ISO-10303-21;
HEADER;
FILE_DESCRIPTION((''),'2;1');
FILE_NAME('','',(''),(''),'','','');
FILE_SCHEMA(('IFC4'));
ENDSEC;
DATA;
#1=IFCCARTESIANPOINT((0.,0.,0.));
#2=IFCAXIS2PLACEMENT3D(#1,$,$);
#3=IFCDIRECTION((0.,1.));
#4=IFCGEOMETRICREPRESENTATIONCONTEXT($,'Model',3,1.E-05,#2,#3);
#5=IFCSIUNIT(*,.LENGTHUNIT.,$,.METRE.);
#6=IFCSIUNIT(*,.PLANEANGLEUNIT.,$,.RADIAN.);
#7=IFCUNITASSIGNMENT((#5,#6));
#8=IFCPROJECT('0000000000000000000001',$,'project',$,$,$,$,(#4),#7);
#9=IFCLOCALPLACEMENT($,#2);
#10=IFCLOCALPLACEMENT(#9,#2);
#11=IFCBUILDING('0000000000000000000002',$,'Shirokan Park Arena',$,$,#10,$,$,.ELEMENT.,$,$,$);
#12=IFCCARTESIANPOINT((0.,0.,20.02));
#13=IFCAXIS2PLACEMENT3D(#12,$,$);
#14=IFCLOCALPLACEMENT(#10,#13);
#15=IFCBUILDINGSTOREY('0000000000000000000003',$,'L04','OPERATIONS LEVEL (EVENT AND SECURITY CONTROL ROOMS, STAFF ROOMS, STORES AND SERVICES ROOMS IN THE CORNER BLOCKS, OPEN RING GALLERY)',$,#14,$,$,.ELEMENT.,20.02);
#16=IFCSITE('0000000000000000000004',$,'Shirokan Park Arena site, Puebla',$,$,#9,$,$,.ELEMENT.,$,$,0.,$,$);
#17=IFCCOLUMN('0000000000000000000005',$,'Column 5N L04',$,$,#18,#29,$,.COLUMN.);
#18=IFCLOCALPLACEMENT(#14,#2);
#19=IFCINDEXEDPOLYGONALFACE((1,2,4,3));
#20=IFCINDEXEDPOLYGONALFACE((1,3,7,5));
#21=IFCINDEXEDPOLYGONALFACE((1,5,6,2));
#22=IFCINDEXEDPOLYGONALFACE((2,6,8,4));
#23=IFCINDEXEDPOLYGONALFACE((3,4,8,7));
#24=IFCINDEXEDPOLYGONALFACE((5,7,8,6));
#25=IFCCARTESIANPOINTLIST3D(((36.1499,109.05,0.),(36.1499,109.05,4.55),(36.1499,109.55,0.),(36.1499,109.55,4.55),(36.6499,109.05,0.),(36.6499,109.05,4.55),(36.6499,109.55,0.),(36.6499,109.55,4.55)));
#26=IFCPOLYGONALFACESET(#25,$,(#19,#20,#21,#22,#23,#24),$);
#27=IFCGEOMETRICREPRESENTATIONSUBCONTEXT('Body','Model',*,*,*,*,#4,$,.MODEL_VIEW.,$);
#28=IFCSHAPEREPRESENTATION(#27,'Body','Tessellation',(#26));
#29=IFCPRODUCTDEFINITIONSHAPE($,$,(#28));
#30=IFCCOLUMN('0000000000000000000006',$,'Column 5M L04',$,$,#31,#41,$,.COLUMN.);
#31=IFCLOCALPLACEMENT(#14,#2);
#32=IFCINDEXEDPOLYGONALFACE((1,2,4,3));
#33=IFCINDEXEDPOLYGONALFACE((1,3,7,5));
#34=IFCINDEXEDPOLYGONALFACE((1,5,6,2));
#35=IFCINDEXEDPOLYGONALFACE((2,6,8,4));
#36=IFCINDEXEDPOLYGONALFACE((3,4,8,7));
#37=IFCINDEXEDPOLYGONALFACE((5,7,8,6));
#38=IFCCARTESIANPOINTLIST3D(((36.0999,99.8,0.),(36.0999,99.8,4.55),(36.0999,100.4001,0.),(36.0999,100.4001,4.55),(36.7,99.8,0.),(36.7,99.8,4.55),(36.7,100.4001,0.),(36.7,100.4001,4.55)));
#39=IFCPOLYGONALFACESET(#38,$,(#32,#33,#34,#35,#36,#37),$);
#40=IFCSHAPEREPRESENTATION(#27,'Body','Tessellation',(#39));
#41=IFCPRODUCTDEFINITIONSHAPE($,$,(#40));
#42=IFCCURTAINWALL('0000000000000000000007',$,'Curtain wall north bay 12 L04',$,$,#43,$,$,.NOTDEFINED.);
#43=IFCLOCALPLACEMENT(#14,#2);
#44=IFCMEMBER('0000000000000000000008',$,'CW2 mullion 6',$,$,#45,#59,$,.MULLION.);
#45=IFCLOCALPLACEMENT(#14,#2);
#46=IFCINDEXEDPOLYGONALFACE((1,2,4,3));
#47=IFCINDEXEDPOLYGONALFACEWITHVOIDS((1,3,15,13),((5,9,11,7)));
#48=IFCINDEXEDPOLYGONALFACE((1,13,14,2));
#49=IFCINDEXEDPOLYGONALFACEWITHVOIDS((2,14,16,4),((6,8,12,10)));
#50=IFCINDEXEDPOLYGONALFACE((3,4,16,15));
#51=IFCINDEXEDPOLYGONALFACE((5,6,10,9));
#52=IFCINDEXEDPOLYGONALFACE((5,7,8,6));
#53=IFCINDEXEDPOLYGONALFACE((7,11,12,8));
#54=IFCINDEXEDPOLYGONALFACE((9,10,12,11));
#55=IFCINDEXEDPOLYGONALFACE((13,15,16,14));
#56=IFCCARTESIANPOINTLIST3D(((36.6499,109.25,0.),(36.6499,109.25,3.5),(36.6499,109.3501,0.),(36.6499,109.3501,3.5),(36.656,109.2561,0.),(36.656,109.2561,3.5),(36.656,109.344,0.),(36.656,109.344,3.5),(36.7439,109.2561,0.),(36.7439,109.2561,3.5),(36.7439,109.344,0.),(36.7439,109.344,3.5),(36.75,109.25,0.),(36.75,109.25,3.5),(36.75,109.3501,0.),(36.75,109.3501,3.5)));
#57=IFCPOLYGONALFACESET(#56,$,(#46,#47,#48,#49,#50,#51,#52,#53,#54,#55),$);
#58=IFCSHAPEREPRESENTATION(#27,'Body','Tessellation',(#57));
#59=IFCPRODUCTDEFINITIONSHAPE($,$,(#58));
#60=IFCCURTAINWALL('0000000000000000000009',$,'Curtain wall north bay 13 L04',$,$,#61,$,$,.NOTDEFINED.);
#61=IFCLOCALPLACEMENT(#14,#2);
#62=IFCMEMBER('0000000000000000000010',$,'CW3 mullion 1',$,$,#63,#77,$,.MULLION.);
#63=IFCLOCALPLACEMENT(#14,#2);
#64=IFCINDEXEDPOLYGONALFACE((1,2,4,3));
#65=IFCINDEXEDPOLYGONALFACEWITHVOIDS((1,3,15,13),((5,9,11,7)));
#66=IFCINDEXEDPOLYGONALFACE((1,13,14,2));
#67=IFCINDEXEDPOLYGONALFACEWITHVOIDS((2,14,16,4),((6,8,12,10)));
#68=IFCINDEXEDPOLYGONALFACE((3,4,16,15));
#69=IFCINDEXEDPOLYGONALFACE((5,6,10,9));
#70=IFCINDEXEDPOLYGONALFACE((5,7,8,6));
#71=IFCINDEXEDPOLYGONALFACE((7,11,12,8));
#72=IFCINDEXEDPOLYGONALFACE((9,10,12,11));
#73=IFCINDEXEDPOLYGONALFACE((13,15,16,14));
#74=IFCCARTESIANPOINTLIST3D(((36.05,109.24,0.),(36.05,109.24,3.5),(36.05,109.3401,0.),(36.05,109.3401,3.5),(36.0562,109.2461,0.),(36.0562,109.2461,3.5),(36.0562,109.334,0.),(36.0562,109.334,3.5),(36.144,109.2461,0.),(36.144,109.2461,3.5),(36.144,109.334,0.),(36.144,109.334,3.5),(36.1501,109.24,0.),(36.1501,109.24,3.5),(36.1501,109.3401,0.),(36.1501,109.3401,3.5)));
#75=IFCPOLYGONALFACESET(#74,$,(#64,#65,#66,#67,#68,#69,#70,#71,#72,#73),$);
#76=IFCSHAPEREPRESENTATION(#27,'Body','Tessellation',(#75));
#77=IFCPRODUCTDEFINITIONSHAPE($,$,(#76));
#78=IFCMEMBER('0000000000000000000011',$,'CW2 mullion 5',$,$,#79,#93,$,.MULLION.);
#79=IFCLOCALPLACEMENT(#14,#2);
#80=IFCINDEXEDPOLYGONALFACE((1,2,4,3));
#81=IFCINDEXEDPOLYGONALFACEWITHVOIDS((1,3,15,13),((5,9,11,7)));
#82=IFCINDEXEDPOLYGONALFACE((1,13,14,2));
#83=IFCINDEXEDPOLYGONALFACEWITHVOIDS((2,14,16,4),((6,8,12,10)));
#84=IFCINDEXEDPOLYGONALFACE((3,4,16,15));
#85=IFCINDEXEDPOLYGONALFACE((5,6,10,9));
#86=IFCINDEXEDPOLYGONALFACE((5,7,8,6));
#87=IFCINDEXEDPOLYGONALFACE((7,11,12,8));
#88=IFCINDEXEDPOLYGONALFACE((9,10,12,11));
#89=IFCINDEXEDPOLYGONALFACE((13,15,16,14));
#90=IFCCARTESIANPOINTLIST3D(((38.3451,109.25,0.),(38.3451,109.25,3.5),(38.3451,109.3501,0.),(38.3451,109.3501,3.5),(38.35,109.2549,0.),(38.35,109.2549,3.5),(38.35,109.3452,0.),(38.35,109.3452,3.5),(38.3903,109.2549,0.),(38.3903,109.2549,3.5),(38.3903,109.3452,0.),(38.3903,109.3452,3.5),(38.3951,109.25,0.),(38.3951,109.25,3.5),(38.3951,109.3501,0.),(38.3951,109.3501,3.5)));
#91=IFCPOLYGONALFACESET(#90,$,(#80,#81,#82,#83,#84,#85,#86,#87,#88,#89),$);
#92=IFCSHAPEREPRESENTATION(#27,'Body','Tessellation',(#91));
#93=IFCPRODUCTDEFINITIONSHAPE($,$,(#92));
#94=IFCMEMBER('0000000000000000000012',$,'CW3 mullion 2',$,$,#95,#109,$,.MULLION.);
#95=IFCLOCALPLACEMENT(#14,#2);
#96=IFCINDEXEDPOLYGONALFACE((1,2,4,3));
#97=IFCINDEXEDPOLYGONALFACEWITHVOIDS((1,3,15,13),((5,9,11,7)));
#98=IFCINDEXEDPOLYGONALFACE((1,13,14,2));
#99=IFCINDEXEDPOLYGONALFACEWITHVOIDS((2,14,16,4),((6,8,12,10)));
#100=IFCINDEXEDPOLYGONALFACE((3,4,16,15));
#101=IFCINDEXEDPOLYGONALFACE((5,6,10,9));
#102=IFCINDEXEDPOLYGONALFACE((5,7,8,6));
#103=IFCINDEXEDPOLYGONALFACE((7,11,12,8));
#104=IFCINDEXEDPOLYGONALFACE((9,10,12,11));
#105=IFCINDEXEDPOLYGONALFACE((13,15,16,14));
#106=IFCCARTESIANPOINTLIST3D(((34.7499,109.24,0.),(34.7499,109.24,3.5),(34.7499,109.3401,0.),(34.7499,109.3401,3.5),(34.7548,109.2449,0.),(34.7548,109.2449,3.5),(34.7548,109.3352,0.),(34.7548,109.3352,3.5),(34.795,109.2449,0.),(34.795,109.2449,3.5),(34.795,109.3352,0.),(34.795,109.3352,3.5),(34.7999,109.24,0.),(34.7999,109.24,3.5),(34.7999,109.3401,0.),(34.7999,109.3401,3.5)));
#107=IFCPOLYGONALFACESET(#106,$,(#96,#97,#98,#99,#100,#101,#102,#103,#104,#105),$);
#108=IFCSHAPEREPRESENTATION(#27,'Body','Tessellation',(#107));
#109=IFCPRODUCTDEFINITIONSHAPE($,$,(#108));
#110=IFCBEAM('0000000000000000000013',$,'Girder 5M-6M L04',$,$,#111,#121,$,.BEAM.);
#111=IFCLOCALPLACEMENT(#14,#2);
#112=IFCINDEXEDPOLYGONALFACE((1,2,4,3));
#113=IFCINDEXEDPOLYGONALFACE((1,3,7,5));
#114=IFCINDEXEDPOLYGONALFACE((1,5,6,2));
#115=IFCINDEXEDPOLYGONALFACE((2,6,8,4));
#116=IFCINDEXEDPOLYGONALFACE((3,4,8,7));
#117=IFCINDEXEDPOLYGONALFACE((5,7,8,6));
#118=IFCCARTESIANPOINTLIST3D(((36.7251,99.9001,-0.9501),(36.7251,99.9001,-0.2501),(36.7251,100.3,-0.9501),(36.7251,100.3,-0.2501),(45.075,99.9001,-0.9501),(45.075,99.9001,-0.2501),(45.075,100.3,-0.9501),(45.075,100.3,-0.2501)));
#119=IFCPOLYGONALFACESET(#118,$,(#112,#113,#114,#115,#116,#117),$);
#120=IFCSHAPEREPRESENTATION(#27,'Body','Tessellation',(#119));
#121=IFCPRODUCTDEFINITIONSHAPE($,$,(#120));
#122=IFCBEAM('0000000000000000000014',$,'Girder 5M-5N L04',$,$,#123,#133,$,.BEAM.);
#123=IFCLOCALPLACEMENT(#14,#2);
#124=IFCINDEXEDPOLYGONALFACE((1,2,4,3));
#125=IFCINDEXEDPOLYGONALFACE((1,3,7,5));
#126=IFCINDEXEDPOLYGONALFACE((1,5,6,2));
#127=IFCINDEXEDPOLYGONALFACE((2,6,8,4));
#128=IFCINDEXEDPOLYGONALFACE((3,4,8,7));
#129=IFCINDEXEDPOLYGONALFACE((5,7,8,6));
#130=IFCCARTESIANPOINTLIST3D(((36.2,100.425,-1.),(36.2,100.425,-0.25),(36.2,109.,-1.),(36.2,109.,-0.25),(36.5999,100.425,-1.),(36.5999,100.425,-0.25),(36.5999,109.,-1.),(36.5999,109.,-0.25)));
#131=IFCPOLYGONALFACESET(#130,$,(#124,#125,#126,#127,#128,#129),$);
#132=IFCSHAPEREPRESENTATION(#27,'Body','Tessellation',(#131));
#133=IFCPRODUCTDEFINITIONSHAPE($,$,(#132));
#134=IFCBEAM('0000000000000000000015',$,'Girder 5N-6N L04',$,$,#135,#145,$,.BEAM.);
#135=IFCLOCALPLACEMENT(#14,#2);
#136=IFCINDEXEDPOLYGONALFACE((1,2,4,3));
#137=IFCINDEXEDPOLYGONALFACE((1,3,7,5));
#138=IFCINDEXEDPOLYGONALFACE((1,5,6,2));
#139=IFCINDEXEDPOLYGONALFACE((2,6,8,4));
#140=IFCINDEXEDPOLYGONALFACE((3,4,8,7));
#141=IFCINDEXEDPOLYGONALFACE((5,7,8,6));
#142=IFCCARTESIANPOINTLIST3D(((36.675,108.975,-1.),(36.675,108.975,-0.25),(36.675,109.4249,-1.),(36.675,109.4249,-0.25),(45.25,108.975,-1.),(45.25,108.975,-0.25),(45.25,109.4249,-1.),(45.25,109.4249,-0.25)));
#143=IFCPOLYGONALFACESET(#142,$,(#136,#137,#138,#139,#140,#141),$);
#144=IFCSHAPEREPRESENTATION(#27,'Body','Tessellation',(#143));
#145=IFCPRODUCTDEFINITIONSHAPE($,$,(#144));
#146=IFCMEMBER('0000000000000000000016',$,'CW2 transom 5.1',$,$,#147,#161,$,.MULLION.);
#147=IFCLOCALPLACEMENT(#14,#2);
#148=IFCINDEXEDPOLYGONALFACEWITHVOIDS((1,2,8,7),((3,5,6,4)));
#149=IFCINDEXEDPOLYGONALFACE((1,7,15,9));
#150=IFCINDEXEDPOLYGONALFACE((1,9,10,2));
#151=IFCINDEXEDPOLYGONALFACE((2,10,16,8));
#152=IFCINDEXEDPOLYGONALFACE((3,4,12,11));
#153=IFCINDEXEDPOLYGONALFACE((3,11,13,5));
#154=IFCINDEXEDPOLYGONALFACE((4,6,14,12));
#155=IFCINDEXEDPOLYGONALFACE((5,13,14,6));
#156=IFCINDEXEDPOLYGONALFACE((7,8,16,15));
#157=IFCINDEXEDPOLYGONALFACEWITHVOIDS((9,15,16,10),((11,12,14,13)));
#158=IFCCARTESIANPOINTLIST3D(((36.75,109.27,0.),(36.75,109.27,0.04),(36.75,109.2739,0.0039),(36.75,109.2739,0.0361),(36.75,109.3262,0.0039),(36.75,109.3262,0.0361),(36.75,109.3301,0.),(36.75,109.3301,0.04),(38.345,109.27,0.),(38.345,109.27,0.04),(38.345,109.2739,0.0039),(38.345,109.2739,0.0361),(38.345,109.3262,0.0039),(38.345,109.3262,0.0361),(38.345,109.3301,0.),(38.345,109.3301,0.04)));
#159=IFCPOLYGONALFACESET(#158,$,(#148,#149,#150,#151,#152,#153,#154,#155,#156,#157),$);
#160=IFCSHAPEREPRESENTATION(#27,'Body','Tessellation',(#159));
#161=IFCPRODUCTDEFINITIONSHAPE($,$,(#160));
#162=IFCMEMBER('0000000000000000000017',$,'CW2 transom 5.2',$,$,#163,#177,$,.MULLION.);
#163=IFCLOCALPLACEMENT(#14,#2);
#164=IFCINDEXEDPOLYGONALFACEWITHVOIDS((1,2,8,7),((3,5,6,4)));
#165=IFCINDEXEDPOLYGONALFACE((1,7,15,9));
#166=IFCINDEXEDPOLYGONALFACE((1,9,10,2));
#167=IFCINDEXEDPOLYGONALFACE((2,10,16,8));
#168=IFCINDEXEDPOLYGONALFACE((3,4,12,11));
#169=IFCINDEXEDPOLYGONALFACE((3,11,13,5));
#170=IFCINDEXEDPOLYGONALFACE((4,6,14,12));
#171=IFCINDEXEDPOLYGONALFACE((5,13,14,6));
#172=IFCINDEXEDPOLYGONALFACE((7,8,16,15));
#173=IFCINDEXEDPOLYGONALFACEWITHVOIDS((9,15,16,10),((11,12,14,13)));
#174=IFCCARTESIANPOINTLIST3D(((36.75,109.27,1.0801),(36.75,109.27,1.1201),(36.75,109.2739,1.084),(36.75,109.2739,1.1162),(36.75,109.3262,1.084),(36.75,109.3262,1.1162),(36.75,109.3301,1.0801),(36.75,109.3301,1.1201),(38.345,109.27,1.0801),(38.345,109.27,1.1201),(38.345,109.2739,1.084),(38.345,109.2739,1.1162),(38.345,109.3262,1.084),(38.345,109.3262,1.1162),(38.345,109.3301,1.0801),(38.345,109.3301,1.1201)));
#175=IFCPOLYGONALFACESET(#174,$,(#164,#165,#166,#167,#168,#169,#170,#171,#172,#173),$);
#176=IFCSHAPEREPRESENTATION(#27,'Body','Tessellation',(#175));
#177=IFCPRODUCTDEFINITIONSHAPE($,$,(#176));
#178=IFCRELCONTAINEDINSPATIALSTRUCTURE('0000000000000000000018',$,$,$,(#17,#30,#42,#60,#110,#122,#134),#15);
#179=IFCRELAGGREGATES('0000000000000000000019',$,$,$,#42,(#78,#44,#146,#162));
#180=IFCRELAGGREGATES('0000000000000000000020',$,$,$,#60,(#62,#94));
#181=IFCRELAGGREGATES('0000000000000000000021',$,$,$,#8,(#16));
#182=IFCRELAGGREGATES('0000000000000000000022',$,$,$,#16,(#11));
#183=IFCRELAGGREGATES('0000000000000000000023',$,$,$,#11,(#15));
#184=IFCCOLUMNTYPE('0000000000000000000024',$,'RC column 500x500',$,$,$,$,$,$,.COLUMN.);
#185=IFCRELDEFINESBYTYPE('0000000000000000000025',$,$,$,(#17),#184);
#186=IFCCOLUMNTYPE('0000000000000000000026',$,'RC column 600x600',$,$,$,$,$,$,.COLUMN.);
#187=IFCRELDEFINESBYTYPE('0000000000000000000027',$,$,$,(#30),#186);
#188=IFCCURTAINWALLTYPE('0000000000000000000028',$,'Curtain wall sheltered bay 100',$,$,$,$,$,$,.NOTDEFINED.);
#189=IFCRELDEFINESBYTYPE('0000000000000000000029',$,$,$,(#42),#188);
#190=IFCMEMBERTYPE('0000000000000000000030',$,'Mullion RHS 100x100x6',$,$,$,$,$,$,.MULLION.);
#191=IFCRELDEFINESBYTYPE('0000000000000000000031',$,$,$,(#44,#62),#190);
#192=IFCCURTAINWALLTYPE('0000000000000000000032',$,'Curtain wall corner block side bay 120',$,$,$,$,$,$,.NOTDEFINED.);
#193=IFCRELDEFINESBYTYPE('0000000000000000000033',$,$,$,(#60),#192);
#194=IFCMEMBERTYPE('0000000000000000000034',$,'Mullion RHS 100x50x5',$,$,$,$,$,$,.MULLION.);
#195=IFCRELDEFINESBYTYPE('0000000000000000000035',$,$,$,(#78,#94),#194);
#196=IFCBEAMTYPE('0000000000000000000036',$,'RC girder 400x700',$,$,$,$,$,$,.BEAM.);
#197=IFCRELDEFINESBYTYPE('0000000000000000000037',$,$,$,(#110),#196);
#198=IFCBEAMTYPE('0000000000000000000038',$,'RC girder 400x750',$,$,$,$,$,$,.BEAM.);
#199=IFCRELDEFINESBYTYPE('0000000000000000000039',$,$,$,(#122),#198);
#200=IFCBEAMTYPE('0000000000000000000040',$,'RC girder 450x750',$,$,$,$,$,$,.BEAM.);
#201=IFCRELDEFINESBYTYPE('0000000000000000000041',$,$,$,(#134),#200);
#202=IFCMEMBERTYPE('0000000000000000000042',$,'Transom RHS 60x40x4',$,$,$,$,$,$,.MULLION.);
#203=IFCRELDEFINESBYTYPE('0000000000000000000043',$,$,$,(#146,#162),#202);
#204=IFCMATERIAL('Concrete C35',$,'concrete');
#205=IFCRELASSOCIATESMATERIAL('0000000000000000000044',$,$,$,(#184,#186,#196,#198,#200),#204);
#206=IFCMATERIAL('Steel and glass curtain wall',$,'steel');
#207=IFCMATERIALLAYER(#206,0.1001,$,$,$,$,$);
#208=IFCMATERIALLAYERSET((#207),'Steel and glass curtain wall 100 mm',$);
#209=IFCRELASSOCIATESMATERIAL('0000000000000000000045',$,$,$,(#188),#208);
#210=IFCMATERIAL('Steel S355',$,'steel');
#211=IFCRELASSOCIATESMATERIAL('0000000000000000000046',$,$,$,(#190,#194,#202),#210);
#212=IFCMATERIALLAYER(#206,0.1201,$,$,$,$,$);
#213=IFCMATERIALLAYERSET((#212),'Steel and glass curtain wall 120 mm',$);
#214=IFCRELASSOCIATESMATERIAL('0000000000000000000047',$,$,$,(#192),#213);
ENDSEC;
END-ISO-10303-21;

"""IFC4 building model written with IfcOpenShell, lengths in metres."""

from ifc_helpers import new_model, si_unit, direction, frame, origin, origin_2d, place, context, subcontext, project, spatial, rectangle, hollow_rectangle, extrude, material, layer, layer_set, material_profile, profile_set, type_object, element, aggregate, save


model = new_model("IFC4")

# Units and contexts
model_context = context("Model", 3, precision=1e-05, world=origin(), true_north=direction((0.0, 1.0)))
body_context = subcontext(model_context, "Body", "Model", "MODEL_VIEW")
ifc_project = project(units=[si_unit("LENGTHUNIT", "METRE"), si_unit("PLANEANGLEUNIT", "RADIAN")], contexts=[model_context])

# Site, building, storey
site_placement = place(None, origin())
site = spatial("IfcSite", under=ifc_project, at=site_placement, Name="Shirokan Park Arena site, Puebla", CompositionType="ELEMENT", RefElevation=0.0)
building_placement = place(site_placement, origin())
building = spatial("IfcBuilding", under=site, at=building_placement, Name="Shirokan Park Arena", CompositionType="ELEMENT")
storey_placement = place(building_placement, frame((0.0, 0.0, 20.02)))
storey = spatial("IfcBuildingStorey", under=building, at=storey_placement, Name="L04", Description="OPERATIONS LEVEL (EVENT AND SECURITY CONTROL ROOMS, STAFF ROOMS, STORES AND SERVICES ROOMS IN THE CORNER BLOCKS, OPEN RING GALLERY)", CompositionType="ELEMENT", Elevation=20.02)

# Columns
ifc_material_1 = material(Name="Concrete C35", Category="concrete")
ifc_material_profile_1 = material_profile(ifc_material_1, rectangle(XDim=0.5, YDim=0.5, at=origin_2d()), Name="500x500")
ifc_profile_set_1 = profile_set([ifc_material_profile_1], Name="Concrete C35")
column_type_1 = type_object("IfcColumnType", Name="RC column 500x500", PredefinedType="COLUMN", material=ifc_profile_set_1)
column_1_placement = place(storey_placement, frame((36.3999, 109.3, 0.0), z_axis=(0.0, 0.0, 1.0), x_axis=(1.0, 0.0, 0.0)))
element("IfcColumn", 1, at=column_1_placement, inside=storey, type_object=column_type_1, Name="Column 5N L04", PredefinedType="COLUMN", context=body_context, shape_type="SweptSolid", body=[
    extrude(rectangle(XDim=0.5, YDim=0.5, at=origin_2d()), origin(), (0.0, 0.0, 1.0), 4.55),
])
ifc_material_profile_2 = material_profile(ifc_material_1, rectangle(XDim=0.6001, YDim=0.6001, at=origin_2d()), Name="600x600")
ifc_profile_set_2 = profile_set([ifc_material_profile_2], Name="Concrete C35")
column_type_2 = type_object("IfcColumnType", Name="RC column 600x600", PredefinedType="COLUMN", material=ifc_profile_set_2)
column_2_placement = place(storey_placement, frame((36.3999, 100.1001, 0.0), z_axis=(0.0, 0.0, 1.0), x_axis=(1.0, 0.0, 0.0)))
element("IfcColumn", 2, at=column_2_placement, inside=storey, type_object=column_type_2, Name="Column 5M L04", PredefinedType="COLUMN", context=body_context, shape_type="SweptSolid", body=[
    extrude(rectangle(XDim=0.6001, YDim=0.6001, at=origin_2d()), origin(), (0.0, 0.0, 1.0), 4.55),
])

# Curtain walls, members
ifc_material_2 = material(Name="Steel and glass curtain wall", Category="steel")
ifc_layer_1 = layer(ifc_material_2, 0.1001)
ifc_layer_set_1 = layer_set([ifc_layer_1], Name="Steel and glass curtain wall 100 mm")
curtain_wall_type_1 = type_object("IfcCurtainWallType", Name="Curtain wall sheltered bay 100", PredefinedType="NOTDEFINED", material=ifc_layer_set_1)
curtain_wall_1_placement = place(storey_placement, origin())
curtain_wall_1 = element("IfcCurtainWall", 3, at=curtain_wall_1_placement, inside=storey, type_object=curtain_wall_type_1, Name="Curtain wall north bay 12 L04", PredefinedType="NOTDEFINED")
ifc_material_3 = material(Name="Steel S355", Category="steel")
ifc_material_profile_3 = material_profile(ifc_material_3, hollow_rectangle(XDim=0.1001, YDim=0.1001, WallThickness=0.0061, at=origin_2d()), Name="RHS 100x100x6")
ifc_profile_set_3 = profile_set([ifc_material_profile_3], Name="Steel S355")
member_type_1 = type_object("IfcMemberType", Name="Mullion RHS 100x100x6", PredefinedType="MULLION", material=ifc_profile_set_3)
member_1_placement = place(storey_placement, frame((36.7, 109.3, 0.0), z_axis=(0.0, 0.0, 1.0), x_axis=(0.0, -1.0, 0.0)))
member_1 = element("IfcMember", 4, at=member_1_placement, type_object=member_type_1, Name="CW2 mullion 6", PredefinedType="MULLION", context=body_context, shape_type="SweptSolid", body=[
    extrude(hollow_rectangle(XDim=0.1001, YDim=0.1001, WallThickness=0.0061, at=origin_2d()), origin(), (0.0, 0.0, 1.0), 3.5),
])
ifc_layer_2 = layer(ifc_material_2, 0.1201)
ifc_layer_set_2 = layer_set([ifc_layer_2], Name="Steel and glass curtain wall 120 mm")
curtain_wall_type_2 = type_object("IfcCurtainWallType", Name="Curtain wall corner block side bay 120", PredefinedType="NOTDEFINED", material=ifc_layer_set_2)
curtain_wall_2_placement = place(storey_placement, origin())
curtain_wall_2 = element("IfcCurtainWall", 5, at=curtain_wall_2_placement, inside=storey, type_object=curtain_wall_type_2, Name="Curtain wall north bay 13 L04", PredefinedType="NOTDEFINED")
member_2_placement = place(storey_placement, frame((36.1001, 109.29, 0.0), z_axis=(0.0, 0.0, 1.0), x_axis=(0.0, -1.0, 0.0)))
member_2 = element("IfcMember", 6, at=member_2_placement, type_object=member_type_1, Name="CW3 mullion 1", PredefinedType="MULLION", context=body_context, shape_type="SweptSolid", body=[
    extrude(hollow_rectangle(XDim=0.1001, YDim=0.1001, WallThickness=0.0061, at=origin_2d()), origin(), (0.0, 0.0, 1.0), 3.5),
])

# Members
ifc_material_profile_4 = material_profile(ifc_material_3, hollow_rectangle(XDim=0.1001, YDim=0.05, WallThickness=0.0049, at=origin_2d()), Name="RHS 100x50x5")
ifc_profile_set_4 = profile_set([ifc_material_profile_4], Name="Steel S355")
member_type_2 = type_object("IfcMemberType", Name="Mullion RHS 100x50x5", PredefinedType="MULLION", material=ifc_profile_set_4)
member_3_placement = place(storey_placement, frame((38.3701, 109.3, 0.0), z_axis=(0.0, 0.0, 1.0), x_axis=(0.0, -1.0, 0.0)))
member_3 = element("IfcMember", 7, at=member_3_placement, type_object=member_type_2, Name="CW2 mullion 5", PredefinedType="MULLION", context=body_context, shape_type="SweptSolid", body=[
    extrude(hollow_rectangle(XDim=0.1001, YDim=0.05, WallThickness=0.0049, at=origin_2d()), origin(), (0.0, 0.0, 1.0), 3.5),
])
member_4_placement = place(storey_placement, frame((34.7749, 109.29, 0.0), z_axis=(0.0, 0.0, 1.0), x_axis=(0.0, -1.0, 0.0)))
member_4 = element("IfcMember", 8, at=member_4_placement, type_object=member_type_2, Name="CW3 mullion 2", PredefinedType="MULLION", context=body_context, shape_type="SweptSolid", body=[
    extrude(hollow_rectangle(XDim=0.1001, YDim=0.05, WallThickness=0.0049, at=origin_2d()), origin(), (0.0, 0.0, 1.0), 3.5),
])

# Beams
ifc_material_profile_5 = material_profile(ifc_material_1, rectangle(XDim=0.3999, YDim=0.7, at=origin_2d()), Name="400x700")
ifc_profile_set_5 = profile_set([ifc_material_profile_5], Name="Concrete C35")
beam_type_1 = type_object("IfcBeamType", Name="RC girder 400x700", PredefinedType="BEAM", material=ifc_profile_set_5)
beam_1_placement = place(storey_placement, frame((36.7251, 100.1001, -0.6001), z_axis=(1.0, 0.0, 0.0), x_axis=(0.0, 1.0, 0.0)))
element("IfcBeam", 9, at=beam_1_placement, inside=storey, type_object=beam_type_1, Name="Girder 5M-6M L04", PredefinedType="BEAM", context=body_context, shape_type="SweptSolid", body=[
    extrude(rectangle(XDim=0.3999, YDim=0.7, at=origin_2d()), origin(), (0.0, 0.0, 1.0), 8.3499),
])
ifc_material_profile_6 = material_profile(ifc_material_1, rectangle(XDim=0.3999, YDim=0.75, at=origin_2d()), Name="400x750")
ifc_profile_set_6 = profile_set([ifc_material_profile_6], Name="Concrete C35")
beam_type_2 = type_object("IfcBeamType", Name="RC girder 400x750", PredefinedType="BEAM", material=ifc_profile_set_6)
beam_2_placement = place(storey_placement, frame((36.3999, 100.425, -0.625), z_axis=(0.0, 1.0, 0.0), x_axis=(-1.0, 0.0, 0.0)))
element("IfcBeam", 10, at=beam_2_placement, inside=storey, type_object=beam_type_2, Name="Girder 5M-5N L04", PredefinedType="BEAM", context=body_context, shape_type="SweptSolid", body=[
    extrude(rectangle(XDim=0.3999, YDim=0.75, at=origin_2d()), origin(), (0.0, 0.0, 1.0), 8.575),
])
ifc_material_profile_7 = material_profile(ifc_material_1, rectangle(XDim=0.45, YDim=0.75, at=origin_2d()), Name="450x750")
ifc_profile_set_7 = profile_set([ifc_material_profile_7], Name="Concrete C35")
beam_type_3 = type_object("IfcBeamType", Name="RC girder 450x750", PredefinedType="BEAM", material=ifc_profile_set_7)
beam_3_placement = place(storey_placement, frame((36.675, 109.2, -0.625), z_axis=(1.0, 0.0, 0.0), x_axis=(0.0, 1.0, 0.0)))
element("IfcBeam", 11, at=beam_3_placement, inside=storey, type_object=beam_type_3, Name="Girder 5N-6N L04", PredefinedType="BEAM", context=body_context, shape_type="SweptSolid", body=[
    extrude(rectangle(XDim=0.45, YDim=0.75, at=origin_2d()), origin(), (0.0, 0.0, 1.0), 8.575),
])

# Members
ifc_material_profile_8 = material_profile(ifc_material_3, hollow_rectangle(XDim=0.0601, YDim=0.04, WallThickness=0.0039, at=origin_2d()), Name="RHS 60x40x4")
ifc_profile_set_8 = profile_set([ifc_material_profile_8], Name="Steel S355")
member_type_3 = type_object("IfcMemberType", Name="Transom RHS 60x40x4", PredefinedType="MULLION", material=ifc_profile_set_8)
member_5_placement = place(storey_placement, frame((38.345, 109.3, 0.02), z_axis=(-1.0, 0.0, 0.0), x_axis=(0.0, -1.0, 0.0)))
member_5 = element("IfcMember", 12, at=member_5_placement, type_object=member_type_3, Name="CW2 transom 5.1", PredefinedType="MULLION", context=body_context, shape_type="SweptSolid", body=[
    extrude(hollow_rectangle(XDim=0.0601, YDim=0.04, WallThickness=0.0039, at=origin_2d()), origin(), (0.0, 0.0, 1.0), 1.595),
])
member_6_placement = place(storey_placement, frame((38.345, 109.3, 1.1001), z_axis=(-1.0, 0.0, 0.0), x_axis=(0.0, -1.0, 0.0)))
member_6 = element("IfcMember", 13, at=member_6_placement, type_object=member_type_3, Name="CW2 transom 5.2", PredefinedType="MULLION", context=body_context, shape_type="SweptSolid", body=[
    extrude(hollow_rectangle(XDim=0.0601, YDim=0.04, WallThickness=0.0039, at=origin_2d()), origin(), (0.0, 0.0, 1.0), 1.595),
])

aggregate(curtain_wall_1, [member_3, member_1, member_5, member_6])
aggregate(curtain_wall_2, [member_2, member_4])

save(model, "model.ifc")
